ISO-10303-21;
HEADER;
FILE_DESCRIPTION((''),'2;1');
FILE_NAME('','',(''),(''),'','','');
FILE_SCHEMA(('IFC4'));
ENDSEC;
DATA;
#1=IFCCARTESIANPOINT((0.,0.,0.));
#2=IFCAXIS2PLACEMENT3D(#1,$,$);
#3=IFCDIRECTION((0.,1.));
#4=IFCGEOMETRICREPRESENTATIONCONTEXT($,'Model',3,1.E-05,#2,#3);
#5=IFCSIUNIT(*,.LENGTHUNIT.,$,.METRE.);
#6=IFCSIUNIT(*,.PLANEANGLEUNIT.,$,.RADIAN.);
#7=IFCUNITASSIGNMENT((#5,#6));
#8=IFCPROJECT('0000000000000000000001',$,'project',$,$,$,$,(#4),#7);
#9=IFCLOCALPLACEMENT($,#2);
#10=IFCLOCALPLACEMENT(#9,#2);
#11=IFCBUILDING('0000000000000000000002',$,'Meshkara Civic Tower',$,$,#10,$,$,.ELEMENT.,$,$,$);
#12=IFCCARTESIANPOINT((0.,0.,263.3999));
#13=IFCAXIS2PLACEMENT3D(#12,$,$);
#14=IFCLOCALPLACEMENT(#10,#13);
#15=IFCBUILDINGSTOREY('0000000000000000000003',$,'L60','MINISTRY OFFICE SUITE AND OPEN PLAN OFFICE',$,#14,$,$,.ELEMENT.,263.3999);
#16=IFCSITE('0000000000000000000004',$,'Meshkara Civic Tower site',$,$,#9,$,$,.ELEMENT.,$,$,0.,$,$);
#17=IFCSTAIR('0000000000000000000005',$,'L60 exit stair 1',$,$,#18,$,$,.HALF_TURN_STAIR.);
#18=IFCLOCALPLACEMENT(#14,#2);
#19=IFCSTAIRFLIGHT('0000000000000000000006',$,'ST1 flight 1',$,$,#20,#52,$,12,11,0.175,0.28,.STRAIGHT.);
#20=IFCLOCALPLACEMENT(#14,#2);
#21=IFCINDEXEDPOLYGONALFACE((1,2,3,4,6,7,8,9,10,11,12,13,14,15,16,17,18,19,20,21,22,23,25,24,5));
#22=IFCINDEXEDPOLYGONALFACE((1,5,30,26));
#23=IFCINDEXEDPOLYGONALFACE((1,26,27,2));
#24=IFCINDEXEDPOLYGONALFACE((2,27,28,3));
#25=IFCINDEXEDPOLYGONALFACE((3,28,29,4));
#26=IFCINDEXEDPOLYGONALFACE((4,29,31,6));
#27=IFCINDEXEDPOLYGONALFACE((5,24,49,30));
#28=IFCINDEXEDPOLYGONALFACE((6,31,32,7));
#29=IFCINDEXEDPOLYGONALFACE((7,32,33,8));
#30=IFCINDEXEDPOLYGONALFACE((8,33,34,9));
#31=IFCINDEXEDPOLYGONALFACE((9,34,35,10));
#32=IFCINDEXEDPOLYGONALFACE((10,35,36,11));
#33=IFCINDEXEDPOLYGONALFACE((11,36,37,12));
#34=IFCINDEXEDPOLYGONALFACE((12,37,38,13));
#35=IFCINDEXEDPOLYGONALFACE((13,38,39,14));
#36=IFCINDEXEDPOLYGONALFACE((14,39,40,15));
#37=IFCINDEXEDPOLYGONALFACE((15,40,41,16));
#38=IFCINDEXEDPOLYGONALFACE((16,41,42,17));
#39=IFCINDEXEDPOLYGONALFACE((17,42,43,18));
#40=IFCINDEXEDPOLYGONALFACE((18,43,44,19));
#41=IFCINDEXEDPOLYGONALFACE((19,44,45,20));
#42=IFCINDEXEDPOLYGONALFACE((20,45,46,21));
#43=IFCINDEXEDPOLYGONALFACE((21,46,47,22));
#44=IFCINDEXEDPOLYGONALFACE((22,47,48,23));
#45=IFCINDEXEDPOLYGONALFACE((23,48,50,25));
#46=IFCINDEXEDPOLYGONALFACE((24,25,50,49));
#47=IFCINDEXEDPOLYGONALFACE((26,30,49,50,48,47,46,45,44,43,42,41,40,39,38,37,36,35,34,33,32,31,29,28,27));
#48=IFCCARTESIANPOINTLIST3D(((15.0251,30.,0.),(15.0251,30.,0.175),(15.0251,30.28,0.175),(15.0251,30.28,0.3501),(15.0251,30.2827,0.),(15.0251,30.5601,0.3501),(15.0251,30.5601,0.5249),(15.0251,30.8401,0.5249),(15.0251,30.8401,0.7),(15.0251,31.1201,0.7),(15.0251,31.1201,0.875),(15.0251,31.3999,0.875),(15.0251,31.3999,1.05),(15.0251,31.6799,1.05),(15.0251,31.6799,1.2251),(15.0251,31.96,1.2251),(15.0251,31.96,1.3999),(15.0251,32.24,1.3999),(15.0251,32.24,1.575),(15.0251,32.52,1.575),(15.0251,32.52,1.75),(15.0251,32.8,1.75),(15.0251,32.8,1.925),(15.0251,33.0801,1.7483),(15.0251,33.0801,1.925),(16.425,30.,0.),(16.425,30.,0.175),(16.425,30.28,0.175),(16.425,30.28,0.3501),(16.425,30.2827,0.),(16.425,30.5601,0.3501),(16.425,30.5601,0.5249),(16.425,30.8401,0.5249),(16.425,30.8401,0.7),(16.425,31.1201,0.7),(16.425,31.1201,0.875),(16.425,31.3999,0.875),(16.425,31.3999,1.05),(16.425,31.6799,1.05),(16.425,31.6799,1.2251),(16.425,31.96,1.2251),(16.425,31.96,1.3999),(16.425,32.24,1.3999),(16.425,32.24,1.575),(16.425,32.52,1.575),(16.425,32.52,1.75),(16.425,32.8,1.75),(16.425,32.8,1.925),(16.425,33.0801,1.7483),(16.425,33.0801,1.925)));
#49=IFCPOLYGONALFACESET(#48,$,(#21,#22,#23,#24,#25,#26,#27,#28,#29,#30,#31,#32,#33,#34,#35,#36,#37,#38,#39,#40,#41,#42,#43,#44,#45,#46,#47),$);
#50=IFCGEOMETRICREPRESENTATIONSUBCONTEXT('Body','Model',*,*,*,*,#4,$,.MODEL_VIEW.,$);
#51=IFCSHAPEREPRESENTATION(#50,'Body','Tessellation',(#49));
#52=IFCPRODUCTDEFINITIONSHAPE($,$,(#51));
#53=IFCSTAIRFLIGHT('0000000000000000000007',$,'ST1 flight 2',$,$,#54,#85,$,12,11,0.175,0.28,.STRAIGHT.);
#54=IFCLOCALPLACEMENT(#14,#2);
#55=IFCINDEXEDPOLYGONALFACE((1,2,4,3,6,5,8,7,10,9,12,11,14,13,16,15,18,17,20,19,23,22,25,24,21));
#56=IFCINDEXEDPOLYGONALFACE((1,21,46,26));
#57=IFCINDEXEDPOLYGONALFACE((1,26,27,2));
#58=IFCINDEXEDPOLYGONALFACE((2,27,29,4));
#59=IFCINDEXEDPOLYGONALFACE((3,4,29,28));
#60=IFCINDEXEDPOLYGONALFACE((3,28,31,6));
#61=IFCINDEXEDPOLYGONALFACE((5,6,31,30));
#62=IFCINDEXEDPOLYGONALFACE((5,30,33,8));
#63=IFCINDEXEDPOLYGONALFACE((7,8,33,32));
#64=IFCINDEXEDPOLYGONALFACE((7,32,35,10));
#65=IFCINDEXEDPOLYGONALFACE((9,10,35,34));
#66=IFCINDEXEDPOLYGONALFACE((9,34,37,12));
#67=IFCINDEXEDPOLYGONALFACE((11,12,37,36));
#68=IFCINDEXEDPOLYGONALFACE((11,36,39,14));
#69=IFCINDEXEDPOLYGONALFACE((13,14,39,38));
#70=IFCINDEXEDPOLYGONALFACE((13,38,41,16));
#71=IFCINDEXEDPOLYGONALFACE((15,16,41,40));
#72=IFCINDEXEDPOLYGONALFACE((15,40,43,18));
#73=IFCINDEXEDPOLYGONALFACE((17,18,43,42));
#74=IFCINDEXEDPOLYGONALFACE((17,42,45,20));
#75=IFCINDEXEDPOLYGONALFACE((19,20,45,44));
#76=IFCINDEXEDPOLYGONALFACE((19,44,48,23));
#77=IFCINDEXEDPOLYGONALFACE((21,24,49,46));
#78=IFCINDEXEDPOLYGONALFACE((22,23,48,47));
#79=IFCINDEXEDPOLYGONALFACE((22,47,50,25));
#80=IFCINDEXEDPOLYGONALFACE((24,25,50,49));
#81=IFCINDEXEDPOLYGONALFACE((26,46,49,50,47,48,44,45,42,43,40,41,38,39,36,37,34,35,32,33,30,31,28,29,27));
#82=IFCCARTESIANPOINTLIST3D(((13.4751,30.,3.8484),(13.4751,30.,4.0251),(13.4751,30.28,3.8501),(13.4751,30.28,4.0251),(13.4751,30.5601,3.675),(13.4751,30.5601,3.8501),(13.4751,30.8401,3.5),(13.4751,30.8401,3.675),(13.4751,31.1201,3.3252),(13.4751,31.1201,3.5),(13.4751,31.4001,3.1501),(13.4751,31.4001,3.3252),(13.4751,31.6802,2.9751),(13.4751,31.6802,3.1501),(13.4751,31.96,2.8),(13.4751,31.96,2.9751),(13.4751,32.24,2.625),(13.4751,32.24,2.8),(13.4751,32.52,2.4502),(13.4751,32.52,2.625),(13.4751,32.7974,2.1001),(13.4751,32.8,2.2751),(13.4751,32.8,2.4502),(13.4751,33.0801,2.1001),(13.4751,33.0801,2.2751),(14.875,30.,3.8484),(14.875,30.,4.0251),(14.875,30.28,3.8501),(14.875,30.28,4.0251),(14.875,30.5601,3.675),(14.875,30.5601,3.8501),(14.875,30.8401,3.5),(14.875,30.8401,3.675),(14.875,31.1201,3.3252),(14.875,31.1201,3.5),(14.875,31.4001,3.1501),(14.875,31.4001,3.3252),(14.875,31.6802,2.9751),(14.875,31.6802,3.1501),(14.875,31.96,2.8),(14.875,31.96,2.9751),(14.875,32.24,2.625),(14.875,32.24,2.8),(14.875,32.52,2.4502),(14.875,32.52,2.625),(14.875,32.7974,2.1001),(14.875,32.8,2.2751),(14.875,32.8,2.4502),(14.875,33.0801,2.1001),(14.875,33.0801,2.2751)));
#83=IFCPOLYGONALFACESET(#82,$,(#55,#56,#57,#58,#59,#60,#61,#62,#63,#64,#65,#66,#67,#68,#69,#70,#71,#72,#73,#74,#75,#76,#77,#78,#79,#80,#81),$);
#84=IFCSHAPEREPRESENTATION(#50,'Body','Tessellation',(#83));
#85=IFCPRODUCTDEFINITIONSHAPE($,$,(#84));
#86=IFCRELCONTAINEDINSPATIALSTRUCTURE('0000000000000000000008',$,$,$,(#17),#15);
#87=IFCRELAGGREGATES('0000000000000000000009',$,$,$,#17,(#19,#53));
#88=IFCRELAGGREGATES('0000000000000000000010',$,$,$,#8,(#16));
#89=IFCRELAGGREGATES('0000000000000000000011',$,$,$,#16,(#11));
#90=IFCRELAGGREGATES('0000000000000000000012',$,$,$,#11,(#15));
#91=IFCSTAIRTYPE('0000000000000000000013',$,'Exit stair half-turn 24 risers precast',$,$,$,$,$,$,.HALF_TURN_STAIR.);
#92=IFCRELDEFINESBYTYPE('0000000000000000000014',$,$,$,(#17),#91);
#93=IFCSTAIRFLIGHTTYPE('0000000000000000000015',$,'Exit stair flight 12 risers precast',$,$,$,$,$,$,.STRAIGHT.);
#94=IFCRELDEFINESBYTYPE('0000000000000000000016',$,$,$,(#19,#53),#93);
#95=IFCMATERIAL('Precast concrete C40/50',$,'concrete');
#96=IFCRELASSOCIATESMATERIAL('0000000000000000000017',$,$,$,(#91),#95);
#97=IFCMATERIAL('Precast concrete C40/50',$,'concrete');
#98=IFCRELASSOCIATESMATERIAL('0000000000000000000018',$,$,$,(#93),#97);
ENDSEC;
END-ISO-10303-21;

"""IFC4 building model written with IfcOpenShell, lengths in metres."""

from ifc_helpers import new_model, si_unit, direction, frame, origin, place, context, subcontext, project, spatial, polyline, outline, extrude, material, type_object, element, aggregate, save


model = new_model("IFC4")

# Units and contexts
model_context = context("Model", 3, precision=1e-05, world=origin(), true_north=direction((0.0, 1.0)))
body_context = subcontext(model_context, "Body", "Model", "MODEL_VIEW")
ifc_project = project(units=[si_unit("LENGTHUNIT", "METRE"), si_unit("PLANEANGLEUNIT", "RADIAN")], contexts=[model_context])

# Site, building, storey
site_placement = place(None, origin())
site = spatial("IfcSite", under=ifc_project, at=site_placement, Name="Meshkara Civic Tower site", CompositionType="ELEMENT", RefElevation=0.0)
building_placement = place(site_placement, origin())
building = spatial("IfcBuilding", under=site, at=building_placement, Name="Meshkara Civic Tower", CompositionType="ELEMENT")
storey_placement = place(building_placement, frame((0.0, 0.0, 263.3999)))
storey = spatial("IfcBuildingStorey", under=building, at=storey_placement, Name="L60", Description="MINISTRY OFFICE SUITE AND OPEN PLAN OFFICE", CompositionType="ELEMENT", Elevation=263.3999)

# Stair, stair flights
ifc_material_1 = material(Name="Precast concrete C40/50", Category="concrete")
stair_type = type_object("IfcStairType", Name="Exit stair half-turn 24 risers precast", PredefinedType="HALF_TURN_STAIR", material=ifc_material_1)
stair_placement = place(storey_placement, origin())
stair = element("IfcStair", 1, at=stair_placement, inside=storey, type_object=stair_type, Name="L60 exit stair 1", PredefinedType="HALF_TURN_STAIR")
ifc_material_2 = material(Name="Precast concrete C40/50", Category="concrete")
stair_flight_type = type_object("IfcStairFlightType", Name="Exit stair flight 12 risers precast", PredefinedType="STRAIGHT", material=ifc_material_2)
stair_flight_1_placement = place(storey_placement, frame((15.7251, 30.0, 0.0), z_axis=(0.0, 0.0, 1.0), x_axis=(0.0, 1.0, 0.0)))
stair_flight_1 = element("IfcStairFlight", 2, at=stair_flight_1_placement, type_object=stair_flight_type, Name="ST1 flight 1", NumberOfRisers=12, NumberOfTreads=11, PredefinedType="STRAIGHT", RiserHeight=0.175, TreadLength=0.28, context=body_context, shape_type="SweptSolid", body=[
    extrude(outline(polyline([(0.0, 0.0), (0.0, 0.175), (0.28, 0.175), (0.28, 0.3501), (0.5601, 0.3501), (0.5601, 0.5249), (0.8401, 0.5249), (0.8401, 0.7), (1.1201, 0.7), (1.1201, 0.875), (1.3999, 0.875), (1.3999, 1.05), (1.6799, 1.05), (1.6799, 1.2251), (1.96, 1.2251), (1.96, 1.3999), (2.24, 1.3999), (2.24, 1.575), (2.52, 1.575), (2.52, 1.75), (2.8, 1.75), (2.8, 1.925), (3.0801, 1.925), (3.0801, 2.1001), (3.0801, 1.7483), (0.2827, 0.0), (0.0, 0.0)])), frame((0.0, 0.7, 0.0), z_axis=(0.0, -1.0, 0.0), x_axis=(1.0, 0.0, 0.0)), (0.0, 0.0, 1.0), 1.3999),
])
stair_flight_2_placement = place(storey_placement, frame((14.175, 33.0801, 2.1001), z_axis=(0.0, 0.0, 1.0), x_axis=(0.0, -1.0, 0.0)))
stair_flight_2 = element("IfcStairFlight", 3, at=stair_flight_2_placement, type_object=stair_flight_type, Name="ST1 flight 2", NumberOfRisers=12, NumberOfTreads=11, PredefinedType="STRAIGHT", RiserHeight=0.175, TreadLength=0.28, context=body_context, shape_type="SweptSolid", body=[
    extrude(outline(polyline([(0.0, 0.0), (0.0, 0.175), (0.28, 0.175), (0.28, 0.3501), (0.5601, 0.3501), (0.5601, 0.5249), (0.8401, 0.5249), (0.8401, 0.7), (1.1201, 0.7), (1.1201, 0.875), (1.3999, 0.875), (1.3999, 1.05), (1.6799, 1.05), (1.6799, 1.2251), (1.96, 1.2251), (1.96, 1.3999), (2.24, 1.3999), (2.24, 1.575), (2.52, 1.575), (2.52, 1.75), (2.8, 1.75), (2.8, 1.925), (3.0801, 1.925), (3.0801, 2.1001), (3.0801, 1.7483), (0.2827, 0.0), (0.0, 0.0)])), frame((0.0, 0.7, 0.0), z_axis=(0.0, -1.0, 0.0), x_axis=(1.0, 0.0, 0.0)), (0.0, 0.0, 1.0), 1.3999),
])
aggregate(stair, [stair_flight_1, stair_flight_2])

save(model, "model.ifc")
